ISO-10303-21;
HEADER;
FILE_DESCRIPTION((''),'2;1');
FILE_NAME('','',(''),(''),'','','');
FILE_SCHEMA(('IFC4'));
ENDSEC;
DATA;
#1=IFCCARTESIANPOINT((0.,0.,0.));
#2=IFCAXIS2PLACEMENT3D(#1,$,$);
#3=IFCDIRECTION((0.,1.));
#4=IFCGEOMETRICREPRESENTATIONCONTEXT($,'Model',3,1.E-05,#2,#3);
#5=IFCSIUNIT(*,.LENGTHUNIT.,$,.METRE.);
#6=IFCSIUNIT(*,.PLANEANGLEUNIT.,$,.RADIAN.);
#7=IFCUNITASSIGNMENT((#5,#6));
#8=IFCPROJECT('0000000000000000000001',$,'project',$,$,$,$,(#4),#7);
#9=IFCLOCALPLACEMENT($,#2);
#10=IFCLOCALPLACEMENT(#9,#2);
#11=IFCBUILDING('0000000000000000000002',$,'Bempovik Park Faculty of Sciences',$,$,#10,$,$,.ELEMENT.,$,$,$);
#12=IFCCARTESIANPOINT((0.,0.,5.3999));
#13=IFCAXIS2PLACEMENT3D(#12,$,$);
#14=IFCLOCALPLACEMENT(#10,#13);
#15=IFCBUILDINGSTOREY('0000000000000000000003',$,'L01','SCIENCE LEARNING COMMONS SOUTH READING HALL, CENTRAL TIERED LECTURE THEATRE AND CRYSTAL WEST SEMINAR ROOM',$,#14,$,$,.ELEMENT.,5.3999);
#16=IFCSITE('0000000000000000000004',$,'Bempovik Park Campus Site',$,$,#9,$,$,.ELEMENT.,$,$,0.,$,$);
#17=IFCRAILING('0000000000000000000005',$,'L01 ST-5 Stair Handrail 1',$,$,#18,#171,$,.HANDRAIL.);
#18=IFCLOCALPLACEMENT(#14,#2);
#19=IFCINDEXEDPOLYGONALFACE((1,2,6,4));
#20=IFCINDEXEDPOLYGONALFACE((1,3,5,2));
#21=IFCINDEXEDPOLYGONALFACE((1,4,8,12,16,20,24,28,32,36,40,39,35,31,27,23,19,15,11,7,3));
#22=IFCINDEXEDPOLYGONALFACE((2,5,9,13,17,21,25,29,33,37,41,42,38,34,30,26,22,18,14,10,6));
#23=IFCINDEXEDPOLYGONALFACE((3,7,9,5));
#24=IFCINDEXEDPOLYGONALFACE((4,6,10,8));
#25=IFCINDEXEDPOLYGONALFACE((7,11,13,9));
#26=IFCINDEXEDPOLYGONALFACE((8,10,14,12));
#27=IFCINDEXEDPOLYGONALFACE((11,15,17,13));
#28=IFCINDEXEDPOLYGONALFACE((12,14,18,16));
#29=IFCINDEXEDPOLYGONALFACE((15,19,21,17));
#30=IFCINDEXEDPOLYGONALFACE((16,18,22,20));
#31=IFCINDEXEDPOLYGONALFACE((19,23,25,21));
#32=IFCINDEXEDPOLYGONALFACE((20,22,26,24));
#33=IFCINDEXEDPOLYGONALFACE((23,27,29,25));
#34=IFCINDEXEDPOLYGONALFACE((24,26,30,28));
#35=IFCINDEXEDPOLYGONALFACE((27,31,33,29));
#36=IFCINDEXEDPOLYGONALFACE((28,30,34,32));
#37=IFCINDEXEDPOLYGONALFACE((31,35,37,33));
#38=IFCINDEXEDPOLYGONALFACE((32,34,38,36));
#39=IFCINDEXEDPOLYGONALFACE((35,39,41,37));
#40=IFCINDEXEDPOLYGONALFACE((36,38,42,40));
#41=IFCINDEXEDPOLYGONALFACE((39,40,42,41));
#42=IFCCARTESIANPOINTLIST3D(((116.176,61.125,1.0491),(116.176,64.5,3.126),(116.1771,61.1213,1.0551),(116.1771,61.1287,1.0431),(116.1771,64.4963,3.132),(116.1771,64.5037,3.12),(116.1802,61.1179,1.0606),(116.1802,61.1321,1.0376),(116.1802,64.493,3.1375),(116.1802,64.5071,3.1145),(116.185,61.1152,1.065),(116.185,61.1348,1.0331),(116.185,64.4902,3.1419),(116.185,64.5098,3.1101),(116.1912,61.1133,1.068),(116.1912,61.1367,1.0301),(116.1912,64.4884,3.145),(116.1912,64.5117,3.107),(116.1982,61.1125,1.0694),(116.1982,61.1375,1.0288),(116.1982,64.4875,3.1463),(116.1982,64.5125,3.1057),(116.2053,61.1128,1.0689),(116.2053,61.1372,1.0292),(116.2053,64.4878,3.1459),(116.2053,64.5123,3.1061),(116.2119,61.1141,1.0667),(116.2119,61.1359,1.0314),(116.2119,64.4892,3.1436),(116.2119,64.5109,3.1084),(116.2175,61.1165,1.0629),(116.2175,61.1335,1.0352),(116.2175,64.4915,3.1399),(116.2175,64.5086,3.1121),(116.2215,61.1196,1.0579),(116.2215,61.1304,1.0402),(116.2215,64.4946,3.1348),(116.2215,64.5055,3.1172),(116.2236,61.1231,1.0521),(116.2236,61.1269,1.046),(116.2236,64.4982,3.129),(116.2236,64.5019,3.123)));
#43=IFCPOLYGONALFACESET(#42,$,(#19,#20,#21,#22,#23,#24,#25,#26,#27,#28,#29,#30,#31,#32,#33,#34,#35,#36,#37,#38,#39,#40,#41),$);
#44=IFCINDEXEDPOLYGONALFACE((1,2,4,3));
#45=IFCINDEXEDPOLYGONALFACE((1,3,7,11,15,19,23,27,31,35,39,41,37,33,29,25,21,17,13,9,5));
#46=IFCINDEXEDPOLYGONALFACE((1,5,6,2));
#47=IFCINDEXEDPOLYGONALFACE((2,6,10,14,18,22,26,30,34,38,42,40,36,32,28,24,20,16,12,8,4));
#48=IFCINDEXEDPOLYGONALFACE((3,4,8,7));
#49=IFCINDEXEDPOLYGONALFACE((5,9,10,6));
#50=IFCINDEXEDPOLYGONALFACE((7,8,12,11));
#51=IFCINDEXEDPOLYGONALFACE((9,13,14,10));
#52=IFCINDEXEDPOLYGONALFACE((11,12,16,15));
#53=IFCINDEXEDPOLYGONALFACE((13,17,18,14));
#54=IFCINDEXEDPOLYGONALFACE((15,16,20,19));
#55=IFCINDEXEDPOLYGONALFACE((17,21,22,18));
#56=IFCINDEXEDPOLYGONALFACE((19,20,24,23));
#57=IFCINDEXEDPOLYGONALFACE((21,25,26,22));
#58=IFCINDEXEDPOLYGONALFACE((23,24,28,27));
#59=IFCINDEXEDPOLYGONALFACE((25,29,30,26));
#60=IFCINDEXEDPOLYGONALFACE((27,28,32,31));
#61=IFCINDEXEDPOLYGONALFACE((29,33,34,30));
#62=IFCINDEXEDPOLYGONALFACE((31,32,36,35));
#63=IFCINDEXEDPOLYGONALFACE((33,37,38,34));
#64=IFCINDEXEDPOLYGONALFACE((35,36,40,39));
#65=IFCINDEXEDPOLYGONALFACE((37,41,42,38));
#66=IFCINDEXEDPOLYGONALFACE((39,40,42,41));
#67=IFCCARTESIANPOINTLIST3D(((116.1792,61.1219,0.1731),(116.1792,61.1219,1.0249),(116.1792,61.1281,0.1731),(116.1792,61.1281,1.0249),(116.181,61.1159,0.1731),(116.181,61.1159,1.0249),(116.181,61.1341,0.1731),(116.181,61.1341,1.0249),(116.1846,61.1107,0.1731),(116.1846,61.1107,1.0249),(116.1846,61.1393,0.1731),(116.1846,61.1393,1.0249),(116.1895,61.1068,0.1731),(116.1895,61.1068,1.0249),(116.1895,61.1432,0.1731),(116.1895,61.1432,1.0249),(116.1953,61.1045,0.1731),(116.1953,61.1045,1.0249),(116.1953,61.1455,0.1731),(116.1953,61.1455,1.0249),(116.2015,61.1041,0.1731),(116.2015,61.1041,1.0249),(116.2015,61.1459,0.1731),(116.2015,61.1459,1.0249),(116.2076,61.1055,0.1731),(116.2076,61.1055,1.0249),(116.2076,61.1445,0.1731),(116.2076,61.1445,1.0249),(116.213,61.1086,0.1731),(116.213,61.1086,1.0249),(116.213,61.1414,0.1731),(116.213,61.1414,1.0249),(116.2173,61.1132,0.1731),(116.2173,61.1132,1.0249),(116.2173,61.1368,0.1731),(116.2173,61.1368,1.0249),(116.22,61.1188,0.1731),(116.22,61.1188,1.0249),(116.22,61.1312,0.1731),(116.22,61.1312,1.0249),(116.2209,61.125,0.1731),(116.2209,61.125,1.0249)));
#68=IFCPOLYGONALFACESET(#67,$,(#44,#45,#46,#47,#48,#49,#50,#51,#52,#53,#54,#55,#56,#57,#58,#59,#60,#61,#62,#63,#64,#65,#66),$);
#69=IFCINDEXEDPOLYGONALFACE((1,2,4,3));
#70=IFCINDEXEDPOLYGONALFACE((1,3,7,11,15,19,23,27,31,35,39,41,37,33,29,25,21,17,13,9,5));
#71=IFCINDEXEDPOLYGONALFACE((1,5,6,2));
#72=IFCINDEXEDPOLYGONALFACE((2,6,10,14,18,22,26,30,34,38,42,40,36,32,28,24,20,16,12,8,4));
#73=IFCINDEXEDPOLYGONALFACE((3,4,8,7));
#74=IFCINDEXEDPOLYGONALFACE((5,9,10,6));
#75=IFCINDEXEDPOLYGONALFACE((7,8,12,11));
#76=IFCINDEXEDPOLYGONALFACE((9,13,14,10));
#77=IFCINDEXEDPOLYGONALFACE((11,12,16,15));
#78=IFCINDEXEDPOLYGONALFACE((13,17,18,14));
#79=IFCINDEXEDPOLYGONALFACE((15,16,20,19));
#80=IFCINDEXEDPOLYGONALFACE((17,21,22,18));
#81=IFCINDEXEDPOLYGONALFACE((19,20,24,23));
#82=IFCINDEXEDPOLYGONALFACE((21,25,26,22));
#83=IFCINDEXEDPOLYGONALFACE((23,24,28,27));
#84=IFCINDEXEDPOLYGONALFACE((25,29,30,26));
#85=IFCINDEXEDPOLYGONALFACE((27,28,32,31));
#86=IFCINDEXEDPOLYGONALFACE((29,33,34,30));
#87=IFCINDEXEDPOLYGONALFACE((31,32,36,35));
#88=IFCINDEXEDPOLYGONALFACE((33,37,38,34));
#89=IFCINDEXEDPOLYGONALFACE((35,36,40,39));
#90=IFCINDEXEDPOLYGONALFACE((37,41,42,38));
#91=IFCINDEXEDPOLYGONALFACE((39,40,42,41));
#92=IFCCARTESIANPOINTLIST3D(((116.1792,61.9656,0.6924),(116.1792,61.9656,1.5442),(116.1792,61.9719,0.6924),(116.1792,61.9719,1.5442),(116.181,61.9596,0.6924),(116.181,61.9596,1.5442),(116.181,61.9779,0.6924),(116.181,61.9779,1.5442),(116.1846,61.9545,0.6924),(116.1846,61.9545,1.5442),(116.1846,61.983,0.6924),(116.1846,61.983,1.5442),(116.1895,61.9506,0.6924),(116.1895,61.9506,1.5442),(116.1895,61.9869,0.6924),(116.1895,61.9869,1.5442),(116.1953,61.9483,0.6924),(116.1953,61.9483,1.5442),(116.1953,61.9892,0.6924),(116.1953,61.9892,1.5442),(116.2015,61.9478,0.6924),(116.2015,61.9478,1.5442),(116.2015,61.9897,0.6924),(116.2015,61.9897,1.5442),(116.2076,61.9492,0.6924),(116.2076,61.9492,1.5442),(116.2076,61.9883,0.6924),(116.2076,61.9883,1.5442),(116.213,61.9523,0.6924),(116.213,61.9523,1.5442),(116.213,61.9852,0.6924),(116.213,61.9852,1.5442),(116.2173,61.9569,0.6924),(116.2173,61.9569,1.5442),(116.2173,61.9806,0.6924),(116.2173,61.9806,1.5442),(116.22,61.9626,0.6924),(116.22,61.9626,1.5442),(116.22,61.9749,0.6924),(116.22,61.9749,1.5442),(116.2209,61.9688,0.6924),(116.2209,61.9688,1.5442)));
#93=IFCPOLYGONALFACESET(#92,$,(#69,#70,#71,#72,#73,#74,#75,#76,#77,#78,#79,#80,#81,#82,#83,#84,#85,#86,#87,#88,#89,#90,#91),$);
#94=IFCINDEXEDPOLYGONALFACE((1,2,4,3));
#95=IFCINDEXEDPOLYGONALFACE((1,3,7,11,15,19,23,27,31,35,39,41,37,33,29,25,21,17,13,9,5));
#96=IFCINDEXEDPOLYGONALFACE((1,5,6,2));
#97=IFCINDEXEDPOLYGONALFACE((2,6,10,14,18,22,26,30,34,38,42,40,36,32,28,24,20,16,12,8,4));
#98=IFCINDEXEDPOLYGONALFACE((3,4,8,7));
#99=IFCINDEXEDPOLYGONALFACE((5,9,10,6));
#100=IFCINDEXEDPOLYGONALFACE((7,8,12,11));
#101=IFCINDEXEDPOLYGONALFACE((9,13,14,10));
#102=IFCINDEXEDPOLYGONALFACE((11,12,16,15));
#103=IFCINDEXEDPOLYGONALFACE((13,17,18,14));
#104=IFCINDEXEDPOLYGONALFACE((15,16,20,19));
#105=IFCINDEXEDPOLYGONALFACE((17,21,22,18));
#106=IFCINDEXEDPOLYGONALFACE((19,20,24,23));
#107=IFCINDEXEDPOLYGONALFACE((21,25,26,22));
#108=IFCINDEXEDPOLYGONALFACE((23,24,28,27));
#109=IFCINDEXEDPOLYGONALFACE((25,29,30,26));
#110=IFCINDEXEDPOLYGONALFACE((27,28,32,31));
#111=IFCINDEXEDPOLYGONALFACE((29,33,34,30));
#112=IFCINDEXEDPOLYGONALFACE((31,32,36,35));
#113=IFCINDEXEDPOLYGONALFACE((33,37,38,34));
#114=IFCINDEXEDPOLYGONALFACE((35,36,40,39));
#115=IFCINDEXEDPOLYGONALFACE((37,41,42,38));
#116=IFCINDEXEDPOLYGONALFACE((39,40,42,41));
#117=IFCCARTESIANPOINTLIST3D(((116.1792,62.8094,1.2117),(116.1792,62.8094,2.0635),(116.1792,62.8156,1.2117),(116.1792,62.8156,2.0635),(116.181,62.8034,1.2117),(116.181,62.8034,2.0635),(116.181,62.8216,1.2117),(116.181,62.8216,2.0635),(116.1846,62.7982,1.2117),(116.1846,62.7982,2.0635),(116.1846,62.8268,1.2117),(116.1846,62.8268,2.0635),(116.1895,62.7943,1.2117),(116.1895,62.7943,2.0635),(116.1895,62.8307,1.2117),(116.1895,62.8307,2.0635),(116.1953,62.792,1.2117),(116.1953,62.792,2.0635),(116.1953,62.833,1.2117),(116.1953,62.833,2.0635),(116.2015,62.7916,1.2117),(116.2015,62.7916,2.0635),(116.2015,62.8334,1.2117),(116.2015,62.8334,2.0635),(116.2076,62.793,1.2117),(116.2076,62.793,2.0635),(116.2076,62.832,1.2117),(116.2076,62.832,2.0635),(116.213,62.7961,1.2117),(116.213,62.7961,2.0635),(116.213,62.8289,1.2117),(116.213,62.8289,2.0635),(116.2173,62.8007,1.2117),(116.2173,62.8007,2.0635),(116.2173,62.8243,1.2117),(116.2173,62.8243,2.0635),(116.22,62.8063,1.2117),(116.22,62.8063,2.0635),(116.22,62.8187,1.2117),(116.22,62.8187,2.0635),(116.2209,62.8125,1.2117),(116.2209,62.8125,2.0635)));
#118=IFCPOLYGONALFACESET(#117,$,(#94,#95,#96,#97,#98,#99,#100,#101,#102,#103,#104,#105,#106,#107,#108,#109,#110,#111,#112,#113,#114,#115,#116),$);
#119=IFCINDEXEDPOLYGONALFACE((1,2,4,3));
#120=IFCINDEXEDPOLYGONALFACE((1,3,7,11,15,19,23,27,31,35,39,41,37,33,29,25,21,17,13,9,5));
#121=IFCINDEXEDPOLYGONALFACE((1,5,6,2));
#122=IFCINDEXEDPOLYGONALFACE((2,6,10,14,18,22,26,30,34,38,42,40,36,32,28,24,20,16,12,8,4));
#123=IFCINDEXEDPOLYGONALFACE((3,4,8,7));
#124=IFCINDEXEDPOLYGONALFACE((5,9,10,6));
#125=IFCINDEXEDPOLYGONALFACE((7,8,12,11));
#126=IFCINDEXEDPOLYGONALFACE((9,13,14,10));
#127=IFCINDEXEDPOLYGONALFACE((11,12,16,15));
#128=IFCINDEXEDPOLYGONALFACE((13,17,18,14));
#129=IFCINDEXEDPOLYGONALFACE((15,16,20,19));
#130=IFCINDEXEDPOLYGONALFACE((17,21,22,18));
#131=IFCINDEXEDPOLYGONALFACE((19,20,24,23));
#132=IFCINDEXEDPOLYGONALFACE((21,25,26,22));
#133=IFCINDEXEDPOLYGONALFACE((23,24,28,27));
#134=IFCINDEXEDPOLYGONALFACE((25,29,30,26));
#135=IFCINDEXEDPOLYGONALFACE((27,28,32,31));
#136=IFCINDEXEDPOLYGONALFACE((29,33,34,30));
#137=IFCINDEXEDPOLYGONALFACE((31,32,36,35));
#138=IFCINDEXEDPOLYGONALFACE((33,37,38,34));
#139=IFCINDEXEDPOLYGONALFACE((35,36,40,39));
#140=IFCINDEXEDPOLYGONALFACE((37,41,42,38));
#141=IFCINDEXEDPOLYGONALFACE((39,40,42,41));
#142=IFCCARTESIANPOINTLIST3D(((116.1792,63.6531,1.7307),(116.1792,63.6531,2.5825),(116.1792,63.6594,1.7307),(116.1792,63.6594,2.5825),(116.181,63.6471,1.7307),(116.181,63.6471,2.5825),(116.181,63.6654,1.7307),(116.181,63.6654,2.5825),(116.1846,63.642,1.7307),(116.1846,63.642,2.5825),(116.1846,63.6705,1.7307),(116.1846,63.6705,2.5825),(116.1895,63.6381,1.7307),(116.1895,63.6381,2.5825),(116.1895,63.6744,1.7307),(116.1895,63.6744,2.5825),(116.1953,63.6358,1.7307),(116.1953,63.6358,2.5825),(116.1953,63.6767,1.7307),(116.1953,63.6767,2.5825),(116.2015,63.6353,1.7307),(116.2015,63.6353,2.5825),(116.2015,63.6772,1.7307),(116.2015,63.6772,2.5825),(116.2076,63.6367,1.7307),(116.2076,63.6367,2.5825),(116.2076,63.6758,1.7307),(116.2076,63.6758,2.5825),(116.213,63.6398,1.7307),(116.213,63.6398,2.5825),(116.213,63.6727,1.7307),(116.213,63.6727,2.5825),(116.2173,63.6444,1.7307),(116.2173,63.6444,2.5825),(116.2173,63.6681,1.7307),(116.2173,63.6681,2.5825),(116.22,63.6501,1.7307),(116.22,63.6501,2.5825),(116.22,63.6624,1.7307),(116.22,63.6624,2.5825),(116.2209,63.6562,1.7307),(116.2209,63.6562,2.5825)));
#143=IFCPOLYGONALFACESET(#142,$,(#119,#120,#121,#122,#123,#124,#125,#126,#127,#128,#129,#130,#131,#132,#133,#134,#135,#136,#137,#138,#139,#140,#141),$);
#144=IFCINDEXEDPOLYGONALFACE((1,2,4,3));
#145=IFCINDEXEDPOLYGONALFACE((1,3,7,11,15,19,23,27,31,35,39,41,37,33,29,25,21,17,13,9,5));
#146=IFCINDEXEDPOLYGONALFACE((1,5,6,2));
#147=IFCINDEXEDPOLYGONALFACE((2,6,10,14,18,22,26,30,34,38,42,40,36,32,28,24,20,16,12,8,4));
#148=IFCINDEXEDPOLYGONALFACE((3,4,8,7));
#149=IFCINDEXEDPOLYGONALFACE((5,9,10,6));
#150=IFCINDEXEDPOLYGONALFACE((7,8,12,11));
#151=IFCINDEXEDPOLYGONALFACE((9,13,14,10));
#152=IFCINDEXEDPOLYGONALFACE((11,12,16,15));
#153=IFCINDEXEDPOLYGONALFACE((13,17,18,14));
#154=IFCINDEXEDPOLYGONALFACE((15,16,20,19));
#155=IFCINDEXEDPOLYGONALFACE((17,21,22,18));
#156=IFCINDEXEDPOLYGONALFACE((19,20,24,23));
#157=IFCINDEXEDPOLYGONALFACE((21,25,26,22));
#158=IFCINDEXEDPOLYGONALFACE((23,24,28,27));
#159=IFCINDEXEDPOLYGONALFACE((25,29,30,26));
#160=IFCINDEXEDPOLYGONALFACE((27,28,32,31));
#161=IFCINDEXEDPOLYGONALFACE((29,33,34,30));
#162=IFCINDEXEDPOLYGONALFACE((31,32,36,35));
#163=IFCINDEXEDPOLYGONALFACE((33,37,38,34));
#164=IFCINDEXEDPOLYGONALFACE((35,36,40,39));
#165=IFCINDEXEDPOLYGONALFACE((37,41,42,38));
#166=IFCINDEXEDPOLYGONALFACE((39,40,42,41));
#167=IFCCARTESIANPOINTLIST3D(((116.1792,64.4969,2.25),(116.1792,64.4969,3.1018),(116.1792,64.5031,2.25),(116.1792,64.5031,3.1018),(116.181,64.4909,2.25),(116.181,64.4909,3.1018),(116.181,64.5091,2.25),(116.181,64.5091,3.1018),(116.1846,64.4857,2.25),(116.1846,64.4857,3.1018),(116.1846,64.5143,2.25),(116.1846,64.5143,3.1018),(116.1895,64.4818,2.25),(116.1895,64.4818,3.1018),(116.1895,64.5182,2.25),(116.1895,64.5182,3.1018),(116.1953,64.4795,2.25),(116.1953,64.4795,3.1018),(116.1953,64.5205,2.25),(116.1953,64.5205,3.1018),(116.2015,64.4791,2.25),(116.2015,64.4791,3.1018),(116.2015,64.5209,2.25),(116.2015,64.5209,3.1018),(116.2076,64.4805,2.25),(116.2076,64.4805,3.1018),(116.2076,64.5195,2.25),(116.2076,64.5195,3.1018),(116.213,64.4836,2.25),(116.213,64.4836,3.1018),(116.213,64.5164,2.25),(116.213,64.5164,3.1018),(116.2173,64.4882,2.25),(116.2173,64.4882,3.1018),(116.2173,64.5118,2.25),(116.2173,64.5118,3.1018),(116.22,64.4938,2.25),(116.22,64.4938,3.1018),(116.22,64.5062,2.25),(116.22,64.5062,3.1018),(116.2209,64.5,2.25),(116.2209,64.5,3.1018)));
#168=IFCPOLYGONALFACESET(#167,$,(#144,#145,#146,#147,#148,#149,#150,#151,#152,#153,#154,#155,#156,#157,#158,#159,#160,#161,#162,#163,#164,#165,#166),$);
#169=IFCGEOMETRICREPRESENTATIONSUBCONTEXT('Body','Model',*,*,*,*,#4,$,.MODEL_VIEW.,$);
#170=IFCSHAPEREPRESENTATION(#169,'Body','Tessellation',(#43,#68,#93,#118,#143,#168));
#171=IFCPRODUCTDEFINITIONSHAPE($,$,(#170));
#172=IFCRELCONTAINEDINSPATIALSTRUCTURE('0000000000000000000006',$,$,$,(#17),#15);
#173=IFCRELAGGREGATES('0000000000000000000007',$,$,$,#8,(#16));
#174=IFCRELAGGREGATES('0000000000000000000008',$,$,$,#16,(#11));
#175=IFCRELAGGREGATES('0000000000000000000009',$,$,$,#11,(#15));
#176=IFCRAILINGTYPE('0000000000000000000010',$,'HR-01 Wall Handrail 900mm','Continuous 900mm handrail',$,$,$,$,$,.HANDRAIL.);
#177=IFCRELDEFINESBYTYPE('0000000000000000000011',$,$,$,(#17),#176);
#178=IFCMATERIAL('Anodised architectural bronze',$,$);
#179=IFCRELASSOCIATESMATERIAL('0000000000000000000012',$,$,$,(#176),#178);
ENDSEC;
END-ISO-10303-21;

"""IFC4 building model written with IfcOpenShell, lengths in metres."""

from ifc_helpers import new_model, si_unit, direction, frame, origin, origin_2d, place, context, subcontext, project, spatial, circle, extrude, material, type_object, element, save


model = new_model("IFC4")

# Units and contexts
model_context = context("Model", 3, precision=1e-05, world=origin(), true_north=direction((0.0, 1.0)))
body_context = subcontext(model_context, "Body", "Model", "MODEL_VIEW")
ifc_project = project(units=[si_unit("LENGTHUNIT", "METRE"), si_unit("PLANEANGLEUNIT", "RADIAN")], contexts=[model_context])

# Site, building, storey
site_placement = place(None, origin())
site = spatial("IfcSite", under=ifc_project, at=site_placement, Name="Bempovik Park Campus Site", CompositionType="ELEMENT", RefElevation=0.0)
building_placement = place(site_placement, origin())
building = spatial("IfcBuilding", under=site, at=building_placement, Name="Bempovik Park Faculty of Sciences", CompositionType="ELEMENT")
storey_placement = place(building_placement, frame((0.0, 0.0, 5.3999)))
storey = spatial("IfcBuildingStorey", under=building, at=storey_placement, Name="L01", Description="SCIENCE LEARNING COMMONS SOUTH READING HALL, CENTRAL TIERED LECTURE THEATRE AND CRYSTAL WEST SEMINAR ROOM", CompositionType="ELEMENT", Elevation=5.3999)

# Railing
ifc_material_1 = material(Name="Anodised architectural bronze")
railing_type_1 = type_object("IfcRailingType", Name="HR-01 Wall Handrail 900mm", Description="Continuous 900mm handrail", PredefinedType="HANDRAIL", material=ifc_material_1)
railing_1_placement = place(storey_placement, frame((116.2, 61.125, 0.1731)))
element("IfcRailing", 1, at=railing_1_placement, inside=storey, type_object=railing_type_1, Name="L01 ST-5 Stair Handrail 1", PredefinedType="HANDRAIL", context=body_context, shape_type="SweptSolid", body=[
    extrude(circle(Radius=0.0239, at=origin_2d()), frame((0.0, 0.0, 0.876), z_axis=(0.0, 0.85166, 0.524094), x_axis=(-1.0, 0.0, 0.0)), (0.0, 0.0, 1.0), 3.9629),
    extrude(circle(Radius=0.021, at=origin_2d()), origin(), (0.0, 0.0, 1.0), 0.8518),
    extrude(circle(Radius=0.021, at=origin_2d()), frame((0.0, 0.8438, 0.5193)), (0.0, 0.0, 1.0), 0.8518),
    extrude(circle(Radius=0.021, at=origin_2d()), frame((0.0, 1.6875, 1.0386)), (0.0, 0.0, 1.0), 0.8518),
    extrude(circle(Radius=0.021, at=origin_2d()), frame((0.0, 2.5312, 1.5576)), (0.0, 0.0, 1.0), 0.8518),
    extrude(circle(Radius=0.021, at=origin_2d()), frame((0.0, 3.375, 2.0769)), (0.0, 0.0, 1.0), 0.8518),
])

save(model, "model.ifc")
